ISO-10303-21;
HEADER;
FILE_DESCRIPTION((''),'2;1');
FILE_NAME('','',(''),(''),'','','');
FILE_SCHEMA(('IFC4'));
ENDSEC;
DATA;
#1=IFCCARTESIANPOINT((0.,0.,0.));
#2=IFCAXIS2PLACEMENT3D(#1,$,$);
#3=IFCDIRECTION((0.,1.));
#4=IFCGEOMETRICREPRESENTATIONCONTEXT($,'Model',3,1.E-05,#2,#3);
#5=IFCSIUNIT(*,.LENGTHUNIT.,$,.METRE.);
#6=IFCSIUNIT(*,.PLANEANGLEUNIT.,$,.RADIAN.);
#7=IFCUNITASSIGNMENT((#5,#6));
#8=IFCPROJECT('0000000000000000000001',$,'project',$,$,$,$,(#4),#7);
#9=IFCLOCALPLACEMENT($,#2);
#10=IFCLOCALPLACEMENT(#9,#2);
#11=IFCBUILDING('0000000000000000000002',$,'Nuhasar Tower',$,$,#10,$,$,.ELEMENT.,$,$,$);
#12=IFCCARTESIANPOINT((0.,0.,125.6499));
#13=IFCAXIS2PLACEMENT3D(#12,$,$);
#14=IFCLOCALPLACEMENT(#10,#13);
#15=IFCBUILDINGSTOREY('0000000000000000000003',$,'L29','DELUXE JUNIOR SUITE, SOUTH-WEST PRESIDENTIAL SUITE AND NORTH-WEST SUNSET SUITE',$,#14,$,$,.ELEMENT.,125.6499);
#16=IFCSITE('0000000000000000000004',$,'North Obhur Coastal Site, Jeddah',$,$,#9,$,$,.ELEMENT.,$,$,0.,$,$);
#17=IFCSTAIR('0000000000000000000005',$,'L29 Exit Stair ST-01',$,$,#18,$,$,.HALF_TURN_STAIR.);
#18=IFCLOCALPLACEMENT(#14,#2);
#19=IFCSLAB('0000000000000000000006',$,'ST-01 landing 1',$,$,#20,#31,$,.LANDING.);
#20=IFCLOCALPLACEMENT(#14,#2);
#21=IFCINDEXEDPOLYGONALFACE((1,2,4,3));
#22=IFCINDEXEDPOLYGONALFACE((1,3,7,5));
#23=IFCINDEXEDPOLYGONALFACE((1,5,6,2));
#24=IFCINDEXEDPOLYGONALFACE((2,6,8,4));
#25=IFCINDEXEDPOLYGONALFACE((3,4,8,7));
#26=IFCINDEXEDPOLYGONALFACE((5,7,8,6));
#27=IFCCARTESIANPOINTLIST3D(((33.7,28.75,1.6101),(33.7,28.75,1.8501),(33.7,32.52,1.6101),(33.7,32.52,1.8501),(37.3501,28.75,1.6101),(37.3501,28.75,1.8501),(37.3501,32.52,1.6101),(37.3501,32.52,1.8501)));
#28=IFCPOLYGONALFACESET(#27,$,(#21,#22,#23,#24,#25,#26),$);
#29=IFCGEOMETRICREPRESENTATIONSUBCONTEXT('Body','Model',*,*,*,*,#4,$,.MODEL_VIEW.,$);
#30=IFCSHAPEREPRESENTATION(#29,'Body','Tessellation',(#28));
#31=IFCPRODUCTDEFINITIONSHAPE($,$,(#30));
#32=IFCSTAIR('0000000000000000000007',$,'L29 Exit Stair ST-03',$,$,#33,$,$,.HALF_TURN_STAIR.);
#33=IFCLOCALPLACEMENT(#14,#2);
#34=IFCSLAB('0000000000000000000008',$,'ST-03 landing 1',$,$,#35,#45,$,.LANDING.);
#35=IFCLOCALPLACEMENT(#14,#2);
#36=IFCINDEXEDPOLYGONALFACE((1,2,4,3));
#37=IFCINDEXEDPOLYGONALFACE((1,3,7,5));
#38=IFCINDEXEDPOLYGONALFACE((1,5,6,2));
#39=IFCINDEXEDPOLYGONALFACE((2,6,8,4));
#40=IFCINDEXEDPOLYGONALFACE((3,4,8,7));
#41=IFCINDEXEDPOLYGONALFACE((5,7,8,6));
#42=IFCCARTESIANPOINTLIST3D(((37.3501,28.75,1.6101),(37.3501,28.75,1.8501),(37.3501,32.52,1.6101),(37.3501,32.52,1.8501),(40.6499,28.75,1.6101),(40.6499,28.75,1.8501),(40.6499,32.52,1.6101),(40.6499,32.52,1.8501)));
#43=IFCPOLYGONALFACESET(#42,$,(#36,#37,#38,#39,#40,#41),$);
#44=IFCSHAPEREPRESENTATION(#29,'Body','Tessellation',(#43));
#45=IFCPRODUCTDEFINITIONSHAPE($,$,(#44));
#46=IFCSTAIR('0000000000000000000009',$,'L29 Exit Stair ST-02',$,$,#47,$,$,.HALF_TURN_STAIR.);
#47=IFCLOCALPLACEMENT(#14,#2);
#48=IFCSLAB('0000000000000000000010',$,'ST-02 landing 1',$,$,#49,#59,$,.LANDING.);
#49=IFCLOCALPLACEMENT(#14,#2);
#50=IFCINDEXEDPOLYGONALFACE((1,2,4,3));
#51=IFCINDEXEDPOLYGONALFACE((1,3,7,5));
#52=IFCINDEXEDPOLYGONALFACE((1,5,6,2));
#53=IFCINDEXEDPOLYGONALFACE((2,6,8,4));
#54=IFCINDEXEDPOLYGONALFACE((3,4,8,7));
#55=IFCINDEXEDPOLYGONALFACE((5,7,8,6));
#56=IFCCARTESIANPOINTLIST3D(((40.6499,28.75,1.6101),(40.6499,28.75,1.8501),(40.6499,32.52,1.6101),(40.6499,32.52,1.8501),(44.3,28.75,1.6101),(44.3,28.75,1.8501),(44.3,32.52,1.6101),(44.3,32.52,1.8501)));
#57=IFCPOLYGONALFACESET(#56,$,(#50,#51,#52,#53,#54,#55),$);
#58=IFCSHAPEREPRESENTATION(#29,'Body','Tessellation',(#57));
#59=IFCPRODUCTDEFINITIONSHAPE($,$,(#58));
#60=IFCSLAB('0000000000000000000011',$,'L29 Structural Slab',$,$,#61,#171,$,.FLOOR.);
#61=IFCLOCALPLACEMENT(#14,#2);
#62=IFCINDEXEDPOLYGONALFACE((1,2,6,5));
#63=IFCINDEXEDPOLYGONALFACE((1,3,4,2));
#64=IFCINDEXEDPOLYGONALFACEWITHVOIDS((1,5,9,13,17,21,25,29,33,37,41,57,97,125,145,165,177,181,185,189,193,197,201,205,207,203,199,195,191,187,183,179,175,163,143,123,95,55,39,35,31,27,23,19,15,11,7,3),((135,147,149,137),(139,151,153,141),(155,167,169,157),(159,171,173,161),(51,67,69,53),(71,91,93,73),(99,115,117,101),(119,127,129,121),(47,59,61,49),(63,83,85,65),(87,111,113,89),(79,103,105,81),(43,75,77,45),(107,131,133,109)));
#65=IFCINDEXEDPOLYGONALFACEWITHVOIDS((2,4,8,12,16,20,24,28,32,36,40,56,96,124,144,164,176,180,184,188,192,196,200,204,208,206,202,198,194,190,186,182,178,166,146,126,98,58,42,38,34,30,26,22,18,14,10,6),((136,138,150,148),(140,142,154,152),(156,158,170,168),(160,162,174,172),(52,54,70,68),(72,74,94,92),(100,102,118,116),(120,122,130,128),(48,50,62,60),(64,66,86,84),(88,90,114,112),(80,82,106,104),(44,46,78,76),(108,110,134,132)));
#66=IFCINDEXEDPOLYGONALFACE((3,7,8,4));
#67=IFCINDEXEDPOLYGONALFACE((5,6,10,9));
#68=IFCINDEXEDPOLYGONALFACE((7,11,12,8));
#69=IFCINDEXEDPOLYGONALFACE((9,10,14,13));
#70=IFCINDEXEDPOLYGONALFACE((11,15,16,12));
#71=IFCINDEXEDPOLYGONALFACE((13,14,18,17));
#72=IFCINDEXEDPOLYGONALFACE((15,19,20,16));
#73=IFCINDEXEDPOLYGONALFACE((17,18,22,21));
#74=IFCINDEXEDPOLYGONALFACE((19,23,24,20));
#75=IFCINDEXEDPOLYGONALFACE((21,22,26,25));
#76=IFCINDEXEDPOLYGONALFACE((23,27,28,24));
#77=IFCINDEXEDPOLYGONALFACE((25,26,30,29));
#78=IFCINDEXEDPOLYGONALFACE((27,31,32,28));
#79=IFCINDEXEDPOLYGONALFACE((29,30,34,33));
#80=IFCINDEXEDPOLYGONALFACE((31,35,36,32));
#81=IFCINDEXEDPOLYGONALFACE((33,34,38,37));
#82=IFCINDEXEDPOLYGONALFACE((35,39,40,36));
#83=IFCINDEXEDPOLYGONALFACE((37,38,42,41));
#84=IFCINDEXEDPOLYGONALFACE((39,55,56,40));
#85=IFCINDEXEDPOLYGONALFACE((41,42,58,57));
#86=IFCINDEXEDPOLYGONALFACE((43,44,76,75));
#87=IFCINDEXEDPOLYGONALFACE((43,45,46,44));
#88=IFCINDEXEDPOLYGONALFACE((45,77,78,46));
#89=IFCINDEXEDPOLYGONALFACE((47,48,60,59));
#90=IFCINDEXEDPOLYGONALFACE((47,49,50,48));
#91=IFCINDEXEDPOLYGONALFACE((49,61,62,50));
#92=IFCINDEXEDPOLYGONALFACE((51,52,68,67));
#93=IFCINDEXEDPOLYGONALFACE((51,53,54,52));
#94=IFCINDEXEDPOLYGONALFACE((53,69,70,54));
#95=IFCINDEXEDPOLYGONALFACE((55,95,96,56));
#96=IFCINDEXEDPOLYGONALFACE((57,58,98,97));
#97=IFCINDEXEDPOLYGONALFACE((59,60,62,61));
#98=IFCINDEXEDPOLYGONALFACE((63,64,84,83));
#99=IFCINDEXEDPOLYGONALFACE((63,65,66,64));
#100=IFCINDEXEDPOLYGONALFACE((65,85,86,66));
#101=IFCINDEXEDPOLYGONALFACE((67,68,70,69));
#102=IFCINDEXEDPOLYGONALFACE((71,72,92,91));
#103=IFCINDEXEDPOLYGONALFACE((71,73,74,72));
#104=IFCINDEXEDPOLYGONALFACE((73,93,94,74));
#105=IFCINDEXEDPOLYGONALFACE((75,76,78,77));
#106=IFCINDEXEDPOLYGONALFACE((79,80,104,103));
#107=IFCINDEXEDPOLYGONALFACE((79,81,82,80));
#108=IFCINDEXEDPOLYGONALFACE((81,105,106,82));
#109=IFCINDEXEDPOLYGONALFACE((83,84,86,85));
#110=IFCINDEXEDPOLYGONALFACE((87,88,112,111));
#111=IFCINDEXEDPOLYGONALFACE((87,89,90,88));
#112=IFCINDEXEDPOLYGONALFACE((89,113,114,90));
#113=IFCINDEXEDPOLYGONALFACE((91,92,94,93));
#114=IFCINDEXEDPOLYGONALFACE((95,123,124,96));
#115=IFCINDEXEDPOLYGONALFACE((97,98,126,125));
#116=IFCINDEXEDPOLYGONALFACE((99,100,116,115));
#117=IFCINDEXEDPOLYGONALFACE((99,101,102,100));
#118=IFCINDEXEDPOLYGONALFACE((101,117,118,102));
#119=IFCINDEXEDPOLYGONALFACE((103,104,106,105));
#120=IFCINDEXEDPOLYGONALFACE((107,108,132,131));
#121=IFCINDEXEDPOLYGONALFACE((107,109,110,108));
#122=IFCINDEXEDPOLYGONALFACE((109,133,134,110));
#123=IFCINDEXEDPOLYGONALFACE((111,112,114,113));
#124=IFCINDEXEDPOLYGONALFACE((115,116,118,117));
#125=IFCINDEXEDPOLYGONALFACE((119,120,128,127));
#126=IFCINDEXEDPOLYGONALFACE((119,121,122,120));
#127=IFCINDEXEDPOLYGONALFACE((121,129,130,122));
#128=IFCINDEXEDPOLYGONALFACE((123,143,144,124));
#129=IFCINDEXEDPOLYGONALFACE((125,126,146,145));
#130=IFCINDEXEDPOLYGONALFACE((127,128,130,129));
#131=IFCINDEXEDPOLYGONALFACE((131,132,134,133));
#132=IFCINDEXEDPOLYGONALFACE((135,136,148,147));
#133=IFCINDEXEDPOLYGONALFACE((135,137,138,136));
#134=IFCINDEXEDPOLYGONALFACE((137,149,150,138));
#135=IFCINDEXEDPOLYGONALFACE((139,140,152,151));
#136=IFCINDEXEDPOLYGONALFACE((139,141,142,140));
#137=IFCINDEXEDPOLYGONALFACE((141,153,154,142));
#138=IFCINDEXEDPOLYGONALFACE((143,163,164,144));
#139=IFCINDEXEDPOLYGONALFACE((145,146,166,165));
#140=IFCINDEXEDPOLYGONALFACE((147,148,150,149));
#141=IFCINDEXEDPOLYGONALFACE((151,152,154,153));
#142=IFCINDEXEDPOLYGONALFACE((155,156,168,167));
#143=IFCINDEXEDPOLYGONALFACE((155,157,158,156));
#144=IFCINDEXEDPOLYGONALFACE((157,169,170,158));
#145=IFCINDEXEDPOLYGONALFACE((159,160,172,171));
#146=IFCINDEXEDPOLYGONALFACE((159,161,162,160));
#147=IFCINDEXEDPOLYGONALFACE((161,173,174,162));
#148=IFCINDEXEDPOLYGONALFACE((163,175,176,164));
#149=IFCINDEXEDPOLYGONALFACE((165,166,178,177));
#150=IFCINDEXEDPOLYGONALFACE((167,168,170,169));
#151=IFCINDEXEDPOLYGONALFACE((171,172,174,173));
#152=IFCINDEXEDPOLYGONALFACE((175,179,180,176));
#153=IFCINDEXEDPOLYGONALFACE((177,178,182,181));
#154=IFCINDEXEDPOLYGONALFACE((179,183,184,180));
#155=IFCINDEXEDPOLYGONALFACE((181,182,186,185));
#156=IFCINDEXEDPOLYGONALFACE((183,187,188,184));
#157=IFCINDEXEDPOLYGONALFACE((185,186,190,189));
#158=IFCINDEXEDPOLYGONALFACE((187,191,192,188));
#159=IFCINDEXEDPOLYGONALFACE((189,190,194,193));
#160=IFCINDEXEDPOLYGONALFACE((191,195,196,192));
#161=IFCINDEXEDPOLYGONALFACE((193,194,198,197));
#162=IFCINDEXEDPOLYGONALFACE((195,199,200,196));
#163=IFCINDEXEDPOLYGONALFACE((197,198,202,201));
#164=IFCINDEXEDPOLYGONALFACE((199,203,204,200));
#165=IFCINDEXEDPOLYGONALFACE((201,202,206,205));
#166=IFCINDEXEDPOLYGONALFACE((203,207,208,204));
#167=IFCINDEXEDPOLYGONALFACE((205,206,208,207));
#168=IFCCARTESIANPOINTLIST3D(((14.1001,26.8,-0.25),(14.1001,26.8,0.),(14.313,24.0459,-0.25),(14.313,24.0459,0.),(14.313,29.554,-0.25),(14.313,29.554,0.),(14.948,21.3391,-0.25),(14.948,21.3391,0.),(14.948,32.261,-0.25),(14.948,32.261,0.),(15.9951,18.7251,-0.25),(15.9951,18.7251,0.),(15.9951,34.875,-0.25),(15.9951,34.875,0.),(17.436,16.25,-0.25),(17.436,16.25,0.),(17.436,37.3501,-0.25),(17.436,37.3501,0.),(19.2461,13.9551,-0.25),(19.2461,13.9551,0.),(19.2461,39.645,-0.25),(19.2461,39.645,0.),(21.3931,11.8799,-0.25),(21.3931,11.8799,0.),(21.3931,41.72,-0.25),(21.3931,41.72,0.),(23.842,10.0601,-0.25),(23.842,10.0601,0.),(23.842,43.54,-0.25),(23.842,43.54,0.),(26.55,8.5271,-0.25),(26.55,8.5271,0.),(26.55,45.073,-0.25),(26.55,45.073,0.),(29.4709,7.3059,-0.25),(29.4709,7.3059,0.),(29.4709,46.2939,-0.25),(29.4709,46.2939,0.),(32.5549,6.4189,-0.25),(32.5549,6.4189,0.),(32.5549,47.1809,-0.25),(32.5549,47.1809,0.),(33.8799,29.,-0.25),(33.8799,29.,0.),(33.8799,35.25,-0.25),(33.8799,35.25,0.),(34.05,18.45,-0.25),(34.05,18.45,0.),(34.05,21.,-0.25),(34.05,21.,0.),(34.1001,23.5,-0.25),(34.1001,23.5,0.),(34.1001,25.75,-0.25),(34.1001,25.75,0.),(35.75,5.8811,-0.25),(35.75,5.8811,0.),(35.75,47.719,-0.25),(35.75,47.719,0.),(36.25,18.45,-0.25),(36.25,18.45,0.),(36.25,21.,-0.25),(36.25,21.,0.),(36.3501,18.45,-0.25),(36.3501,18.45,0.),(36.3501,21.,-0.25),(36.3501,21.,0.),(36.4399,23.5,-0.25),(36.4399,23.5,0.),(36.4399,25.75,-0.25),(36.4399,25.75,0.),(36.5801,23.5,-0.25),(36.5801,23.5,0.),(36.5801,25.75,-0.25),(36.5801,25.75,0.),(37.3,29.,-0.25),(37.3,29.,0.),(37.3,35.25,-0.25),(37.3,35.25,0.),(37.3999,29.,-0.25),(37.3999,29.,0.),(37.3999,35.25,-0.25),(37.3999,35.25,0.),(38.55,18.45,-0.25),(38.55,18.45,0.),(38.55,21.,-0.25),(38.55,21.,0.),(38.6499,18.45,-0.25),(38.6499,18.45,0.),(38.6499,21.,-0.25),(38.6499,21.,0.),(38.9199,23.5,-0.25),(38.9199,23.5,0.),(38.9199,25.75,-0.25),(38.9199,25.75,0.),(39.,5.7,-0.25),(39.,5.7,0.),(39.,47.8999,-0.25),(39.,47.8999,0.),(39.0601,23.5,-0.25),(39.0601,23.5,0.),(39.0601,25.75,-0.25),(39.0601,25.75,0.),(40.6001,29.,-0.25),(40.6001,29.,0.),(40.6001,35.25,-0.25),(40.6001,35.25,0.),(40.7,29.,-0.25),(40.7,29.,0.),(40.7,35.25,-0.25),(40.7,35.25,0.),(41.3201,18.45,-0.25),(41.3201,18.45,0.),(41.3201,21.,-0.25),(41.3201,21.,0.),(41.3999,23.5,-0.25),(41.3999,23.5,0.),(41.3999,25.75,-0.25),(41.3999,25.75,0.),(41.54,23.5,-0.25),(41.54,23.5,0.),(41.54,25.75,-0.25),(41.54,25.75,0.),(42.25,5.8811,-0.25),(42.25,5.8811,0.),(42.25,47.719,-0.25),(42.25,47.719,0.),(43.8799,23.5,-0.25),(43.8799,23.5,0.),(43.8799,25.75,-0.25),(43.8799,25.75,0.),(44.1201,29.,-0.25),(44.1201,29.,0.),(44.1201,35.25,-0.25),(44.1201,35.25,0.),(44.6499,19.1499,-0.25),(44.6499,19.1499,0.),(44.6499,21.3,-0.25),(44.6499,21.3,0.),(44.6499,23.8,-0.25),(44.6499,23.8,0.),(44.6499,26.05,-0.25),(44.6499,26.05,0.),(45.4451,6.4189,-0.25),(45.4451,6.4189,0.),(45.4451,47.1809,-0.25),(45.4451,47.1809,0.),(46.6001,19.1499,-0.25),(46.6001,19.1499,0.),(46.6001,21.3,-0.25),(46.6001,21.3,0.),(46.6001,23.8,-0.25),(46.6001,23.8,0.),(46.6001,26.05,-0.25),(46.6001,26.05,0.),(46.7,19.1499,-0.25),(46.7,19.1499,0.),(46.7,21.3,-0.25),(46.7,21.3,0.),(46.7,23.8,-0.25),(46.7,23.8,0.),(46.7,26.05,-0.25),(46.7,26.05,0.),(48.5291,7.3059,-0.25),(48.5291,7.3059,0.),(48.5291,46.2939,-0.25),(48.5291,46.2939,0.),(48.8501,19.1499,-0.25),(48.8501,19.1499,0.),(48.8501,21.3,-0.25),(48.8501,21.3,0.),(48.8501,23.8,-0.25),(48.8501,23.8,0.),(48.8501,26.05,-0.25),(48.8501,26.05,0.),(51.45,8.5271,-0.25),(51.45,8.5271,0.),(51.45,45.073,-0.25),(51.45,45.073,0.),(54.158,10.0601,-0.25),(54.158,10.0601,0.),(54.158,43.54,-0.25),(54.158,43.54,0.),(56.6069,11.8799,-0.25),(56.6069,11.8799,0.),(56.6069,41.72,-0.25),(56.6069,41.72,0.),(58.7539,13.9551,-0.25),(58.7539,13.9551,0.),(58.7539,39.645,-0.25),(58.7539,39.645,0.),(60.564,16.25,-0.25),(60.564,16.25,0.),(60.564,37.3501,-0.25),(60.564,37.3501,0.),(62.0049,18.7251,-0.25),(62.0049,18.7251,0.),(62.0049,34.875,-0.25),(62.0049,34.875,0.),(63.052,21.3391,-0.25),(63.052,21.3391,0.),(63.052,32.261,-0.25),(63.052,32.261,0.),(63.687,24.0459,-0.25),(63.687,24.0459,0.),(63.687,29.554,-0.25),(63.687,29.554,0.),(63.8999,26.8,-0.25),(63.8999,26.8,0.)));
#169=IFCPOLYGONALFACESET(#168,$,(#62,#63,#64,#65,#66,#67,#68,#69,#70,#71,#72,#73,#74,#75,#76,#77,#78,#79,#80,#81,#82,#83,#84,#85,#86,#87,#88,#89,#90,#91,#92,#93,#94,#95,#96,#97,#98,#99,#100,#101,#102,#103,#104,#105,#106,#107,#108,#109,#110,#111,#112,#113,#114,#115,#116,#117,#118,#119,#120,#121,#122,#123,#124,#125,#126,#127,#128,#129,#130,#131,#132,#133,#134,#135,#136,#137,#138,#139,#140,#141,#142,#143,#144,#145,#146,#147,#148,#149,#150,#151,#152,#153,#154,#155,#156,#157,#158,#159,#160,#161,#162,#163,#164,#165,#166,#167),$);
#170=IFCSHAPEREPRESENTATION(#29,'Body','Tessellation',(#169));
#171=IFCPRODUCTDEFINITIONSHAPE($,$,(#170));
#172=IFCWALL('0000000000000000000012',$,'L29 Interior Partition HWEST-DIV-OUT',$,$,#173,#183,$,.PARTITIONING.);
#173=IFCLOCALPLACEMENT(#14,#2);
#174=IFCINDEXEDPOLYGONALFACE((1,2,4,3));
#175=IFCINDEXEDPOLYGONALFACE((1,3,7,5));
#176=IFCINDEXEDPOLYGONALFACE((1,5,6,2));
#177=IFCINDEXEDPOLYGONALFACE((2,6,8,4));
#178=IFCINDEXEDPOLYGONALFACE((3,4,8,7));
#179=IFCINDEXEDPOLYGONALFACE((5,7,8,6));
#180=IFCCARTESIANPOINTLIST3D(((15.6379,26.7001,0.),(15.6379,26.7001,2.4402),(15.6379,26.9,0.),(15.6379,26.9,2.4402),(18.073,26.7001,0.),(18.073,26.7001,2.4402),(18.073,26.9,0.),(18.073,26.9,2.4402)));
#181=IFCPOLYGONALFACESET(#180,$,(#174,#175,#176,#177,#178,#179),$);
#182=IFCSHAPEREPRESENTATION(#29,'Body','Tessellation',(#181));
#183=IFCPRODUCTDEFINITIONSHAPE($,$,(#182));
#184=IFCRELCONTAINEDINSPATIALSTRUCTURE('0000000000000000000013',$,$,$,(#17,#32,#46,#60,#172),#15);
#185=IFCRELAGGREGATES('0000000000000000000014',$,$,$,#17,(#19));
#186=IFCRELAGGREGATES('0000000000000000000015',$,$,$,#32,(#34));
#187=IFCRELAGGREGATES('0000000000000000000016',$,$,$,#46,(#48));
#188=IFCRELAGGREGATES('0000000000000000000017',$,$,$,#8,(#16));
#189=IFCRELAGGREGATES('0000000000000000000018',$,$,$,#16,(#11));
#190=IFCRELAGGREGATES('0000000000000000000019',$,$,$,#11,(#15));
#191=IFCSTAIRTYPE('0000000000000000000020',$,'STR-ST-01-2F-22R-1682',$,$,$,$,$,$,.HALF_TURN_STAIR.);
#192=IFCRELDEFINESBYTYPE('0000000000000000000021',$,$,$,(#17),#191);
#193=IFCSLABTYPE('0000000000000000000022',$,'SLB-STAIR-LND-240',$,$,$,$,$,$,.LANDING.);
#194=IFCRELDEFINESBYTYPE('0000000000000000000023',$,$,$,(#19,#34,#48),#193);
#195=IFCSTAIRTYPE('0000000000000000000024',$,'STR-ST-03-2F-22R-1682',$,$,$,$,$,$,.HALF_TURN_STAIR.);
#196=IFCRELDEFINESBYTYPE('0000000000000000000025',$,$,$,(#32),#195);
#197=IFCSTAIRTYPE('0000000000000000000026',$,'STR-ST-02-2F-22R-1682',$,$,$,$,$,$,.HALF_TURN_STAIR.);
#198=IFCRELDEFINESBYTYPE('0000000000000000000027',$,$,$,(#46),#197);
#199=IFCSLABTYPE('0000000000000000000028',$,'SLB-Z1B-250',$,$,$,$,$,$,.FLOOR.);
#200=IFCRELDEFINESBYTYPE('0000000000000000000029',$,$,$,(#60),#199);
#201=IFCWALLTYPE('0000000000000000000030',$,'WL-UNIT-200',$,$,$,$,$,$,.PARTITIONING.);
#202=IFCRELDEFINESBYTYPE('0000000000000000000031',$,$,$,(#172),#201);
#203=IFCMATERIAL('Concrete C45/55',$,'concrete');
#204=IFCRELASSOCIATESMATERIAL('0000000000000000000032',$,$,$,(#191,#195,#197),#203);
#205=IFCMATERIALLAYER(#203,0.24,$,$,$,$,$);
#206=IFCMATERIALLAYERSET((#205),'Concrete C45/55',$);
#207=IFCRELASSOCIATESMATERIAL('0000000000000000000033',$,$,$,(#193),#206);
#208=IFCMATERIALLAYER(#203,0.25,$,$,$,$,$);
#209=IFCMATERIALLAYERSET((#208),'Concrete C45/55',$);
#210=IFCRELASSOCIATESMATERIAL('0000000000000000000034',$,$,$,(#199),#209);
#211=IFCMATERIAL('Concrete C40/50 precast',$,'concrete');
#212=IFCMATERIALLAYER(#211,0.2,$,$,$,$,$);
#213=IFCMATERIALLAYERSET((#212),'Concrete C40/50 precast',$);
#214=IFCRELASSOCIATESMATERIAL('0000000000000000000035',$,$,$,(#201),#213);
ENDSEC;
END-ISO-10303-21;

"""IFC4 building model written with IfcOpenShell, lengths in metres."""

from ifc_helpers import new_model, si_unit, direction, frame, frame_2d, origin, place, context, subcontext, project, spatial, polyline, rectangle, outline, extrude, material, layer, layer_set, type_object, element, aggregate, save


model = new_model("IFC4")

# Units and contexts
model_context = context("Model", 3, precision=1e-05, world=origin(), true_north=direction((0.0, 1.0)))
body_context = subcontext(model_context, "Body", "Model", "MODEL_VIEW")
ifc_project = project(units=[si_unit("LENGTHUNIT", "METRE"), si_unit("PLANEANGLEUNIT", "RADIAN")], contexts=[model_context])

# Site, building, storey
site_placement = place(None, origin())
site = spatial("IfcSite", under=ifc_project, at=site_placement, Name="North Obhur Coastal Site, Jeddah", CompositionType="ELEMENT", RefElevation=0.0)
building_placement = place(site_placement, origin())
building = spatial("IfcBuilding", under=site, at=building_placement, Name="Nuhasar Tower", CompositionType="ELEMENT")
storey_placement = place(building_placement, frame((0.0, 0.0, 125.6499)))
storey = spatial("IfcBuildingStorey", under=building, at=storey_placement, Name="L29", Description="DELUXE JUNIOR SUITE, SOUTH-WEST PRESIDENTIAL SUITE AND NORTH-WEST SUNSET SUITE", CompositionType="ELEMENT", Elevation=125.6499)

# Stairs, slabs
ifc_material_1 = material(Name="Concrete C45/55", Category="concrete")
stair_type_1 = type_object("IfcStairType", Name="STR-ST-01-2F-22R-1682", PredefinedType="HALF_TURN_STAIR", material=ifc_material_1)
stair_1_placement = place(storey_placement, origin())
stair_1 = element("IfcStair", 1, at=stair_1_placement, inside=storey, type_object=stair_type_1, Name="L29 Exit Stair ST-01", PredefinedType="HALF_TURN_STAIR")
ifc_layer_1 = layer(ifc_material_1, 0.24)
ifc_layer_set_1 = layer_set([ifc_layer_1], Name="Concrete C45/55")
slab_type_1 = type_object("IfcSlabType", Name="SLB-STAIR-LND-240", PredefinedType="LANDING", material=ifc_layer_set_1)
slab_1_placement = place(storey_placement, frame((0.0, 0.0, 1.6101)))
slab_1 = element("IfcSlab", 2, at=slab_1_placement, type_object=slab_type_1, Name="ST-01 landing 1", PredefinedType="LANDING", context=body_context, shape_type="SweptSolid", body=[
    extrude(outline(polyline([(33.7, 28.75), (37.3501, 28.75), (37.3501, 32.52), (33.7, 32.52), (33.7, 28.75)])), origin(), (0.0, 0.0, 1.0), 0.24),
])
aggregate(stair_1, [slab_1])
stair_type_2 = type_object("IfcStairType", Name="STR-ST-03-2F-22R-1682", PredefinedType="HALF_TURN_STAIR", material=ifc_material_1)
stair_2_placement = place(storey_placement, origin())
stair_2 = element("IfcStair", 3, at=stair_2_placement, inside=storey, type_object=stair_type_2, Name="L29 Exit Stair ST-03", PredefinedType="HALF_TURN_STAIR")
slab_2_placement = place(storey_placement, frame((0.0, 0.0, 1.6101)))
slab_2 = element("IfcSlab", 4, at=slab_2_placement, type_object=slab_type_1, Name="ST-03 landing 1", PredefinedType="LANDING", context=body_context, shape_type="SweptSolid", body=[
    extrude(outline(polyline([(37.3501, 28.75), (40.6499, 28.75), (40.6499, 32.52), (37.3501, 32.52), (37.3501, 28.75)])), origin(), (0.0, 0.0, 1.0), 0.24),
])
aggregate(stair_2, [slab_2])
stair_type_3 = type_object("IfcStairType", Name="STR-ST-02-2F-22R-1682", PredefinedType="HALF_TURN_STAIR", material=ifc_material_1)
stair_3_placement = place(storey_placement, origin())
stair_3 = element("IfcStair", 5, at=stair_3_placement, inside=storey, type_object=stair_type_3, Name="L29 Exit Stair ST-02", PredefinedType="HALF_TURN_STAIR")
slab_3_placement = place(storey_placement, frame((0.0, 0.0, 1.6101)))
slab_3 = element("IfcSlab", 6, at=slab_3_placement, type_object=slab_type_1, Name="ST-02 landing 1", PredefinedType="LANDING", context=body_context, shape_type="SweptSolid", body=[
    extrude(outline(polyline([(40.6499, 28.75), (44.3, 28.75), (44.3, 32.52), (40.6499, 32.52), (40.6499, 28.75)])), origin(), (0.0, 0.0, 1.0), 0.24),
])
aggregate(stair_3, [slab_3])

# Slab
ifc_layer_2 = layer(ifc_material_1, 0.25)
ifc_layer_set_2 = layer_set([ifc_layer_2], Name="Concrete C45/55")
slab_type_2 = type_object("IfcSlabType", Name="SLB-Z1B-250", PredefinedType="FLOOR", material=ifc_layer_set_2)
slab_4_placement = place(storey_placement, frame((0.0, 0.0, -0.25)))
element("IfcSlab", 7, at=slab_4_placement, inside=storey, type_object=slab_type_2, Name="L29 Structural Slab", PredefinedType="FLOOR", context=body_context, shape_type="SweptSolid", body=[
    extrude(outline(polyline([(63.8999, 26.8), (63.687, 29.554), (63.052, 32.261), (62.0049, 34.875), (60.564, 37.3501), (58.7539, 39.645), (56.6069, 41.72), (54.158, 43.54), (51.45, 45.073), (48.5291, 46.2939), (45.4451, 47.1809), (42.25, 47.719), (39.0, 47.8999), (35.75, 47.719), (32.5549, 47.1809), (29.4709, 46.2939), (26.55, 45.073), (23.842, 43.54), (21.3931, 41.72), (19.2461, 39.645), (17.436, 37.3501), (15.9951, 34.875), (14.948, 32.261), (14.313, 29.554), (14.1001, 26.8), (14.313, 24.0459), (14.948, 21.3391), (15.9951, 18.7251), (17.436, 16.25), (19.2461, 13.9551), (21.3931, 11.8799), (23.842, 10.0601), (26.55, 8.5271), (29.4709, 7.3059), (32.5549, 6.4189), (35.75, 5.8811), (39.0, 5.7), (42.25, 5.8811), (45.4451, 6.4189), (48.5291, 7.3059), (51.45, 8.5271), (54.158, 10.0601), (56.6069, 11.8799), (58.7539, 13.9551), (60.564, 16.25), (62.0049, 18.7251), (63.052, 21.3391), (63.687, 24.0459), (63.8999, 26.8)]), holes=[polyline([(33.8799, 35.25), (37.3, 35.25), (37.3, 29.0), (33.8799, 29.0), (33.8799, 35.25)]), polyline([(37.3999, 35.25), (40.6001, 35.25), (40.6001, 29.0), (37.3999, 29.0), (37.3999, 35.25)]), polyline([(40.7, 35.25), (44.1201, 35.25), (44.1201, 29.0), (40.7, 29.0), (40.7, 35.25)]), polyline([(44.6499, 26.05), (46.6001, 26.05), (46.6001, 23.8), (44.6499, 23.8), (44.6499, 26.05)]), polyline([(46.7, 26.05), (48.8501, 26.05), (48.8501, 23.8), (46.7, 23.8), (46.7, 26.05)]), polyline([(44.6499, 21.3), (46.6001, 21.3), (46.6001, 19.1499), (44.6499, 19.1499), (44.6499, 21.3)]), polyline([(46.7, 21.3), (48.8501, 21.3), (48.8501, 19.1499), (46.7, 19.1499), (46.7, 21.3)]), polyline([(34.1001, 25.75), (36.4399, 25.75), (36.4399, 23.5), (34.1001, 23.5), (34.1001, 25.75)]), polyline([(36.5801, 25.75), (38.9199, 25.75), (38.9199, 23.5), (36.5801, 23.5), (36.5801, 25.75)]), polyline([(39.0601, 25.75), (41.3999, 25.75), (41.3999, 23.5), (39.0601, 23.5), (39.0601, 25.75)]), polyline([(41.54, 25.75), (43.8799, 25.75), (43.8799, 23.5), (41.54, 23.5), (41.54, 25.75)]), polyline([(34.05, 21.0), (36.25, 21.0), (36.25, 18.45), (34.05, 18.45), (34.05, 21.0)]), polyline([(36.3501, 21.0), (38.55, 21.0), (38.55, 18.45), (36.3501, 18.45), (36.3501, 21.0)]), polyline([(38.6499, 21.0), (41.3201, 21.0), (41.3201, 18.45), (38.6499, 18.45), (38.6499, 21.0)])]), origin(), (0.0, 0.0, 1.0), 0.25),
])

# Wall
ifc_material_2 = material(Name="Concrete C40/50 precast", Category="concrete")
ifc_layer_3 = layer(ifc_material_2, 0.2)
ifc_layer_set_3 = layer_set([ifc_layer_3], Name="Concrete C40/50 precast")
wall_type = type_object("IfcWallType", Name="WL-UNIT-200", PredefinedType="PARTITIONING", material=ifc_layer_set_3)
wall_1_placement = place(storey_placement, frame((18.073, 26.8, 0.0), z_axis=(0.0, 0.0, 1.0), x_axis=(-1.0, 0.0, 0.0)))
element("IfcWall", 8, at=wall_1_placement, inside=storey, type_object=wall_type, Name="L29 Interior Partition HWEST-DIV-OUT", PredefinedType="PARTITIONING", context=body_context, shape_type="SweptSolid", body=[
    extrude(rectangle(XDim=2.4351, YDim=0.2, at=frame_2d((1.2175, 0.0))), origin(), (0.0, 0.0, 1.0), 2.4402),
])

save(model, "model.ifc")
